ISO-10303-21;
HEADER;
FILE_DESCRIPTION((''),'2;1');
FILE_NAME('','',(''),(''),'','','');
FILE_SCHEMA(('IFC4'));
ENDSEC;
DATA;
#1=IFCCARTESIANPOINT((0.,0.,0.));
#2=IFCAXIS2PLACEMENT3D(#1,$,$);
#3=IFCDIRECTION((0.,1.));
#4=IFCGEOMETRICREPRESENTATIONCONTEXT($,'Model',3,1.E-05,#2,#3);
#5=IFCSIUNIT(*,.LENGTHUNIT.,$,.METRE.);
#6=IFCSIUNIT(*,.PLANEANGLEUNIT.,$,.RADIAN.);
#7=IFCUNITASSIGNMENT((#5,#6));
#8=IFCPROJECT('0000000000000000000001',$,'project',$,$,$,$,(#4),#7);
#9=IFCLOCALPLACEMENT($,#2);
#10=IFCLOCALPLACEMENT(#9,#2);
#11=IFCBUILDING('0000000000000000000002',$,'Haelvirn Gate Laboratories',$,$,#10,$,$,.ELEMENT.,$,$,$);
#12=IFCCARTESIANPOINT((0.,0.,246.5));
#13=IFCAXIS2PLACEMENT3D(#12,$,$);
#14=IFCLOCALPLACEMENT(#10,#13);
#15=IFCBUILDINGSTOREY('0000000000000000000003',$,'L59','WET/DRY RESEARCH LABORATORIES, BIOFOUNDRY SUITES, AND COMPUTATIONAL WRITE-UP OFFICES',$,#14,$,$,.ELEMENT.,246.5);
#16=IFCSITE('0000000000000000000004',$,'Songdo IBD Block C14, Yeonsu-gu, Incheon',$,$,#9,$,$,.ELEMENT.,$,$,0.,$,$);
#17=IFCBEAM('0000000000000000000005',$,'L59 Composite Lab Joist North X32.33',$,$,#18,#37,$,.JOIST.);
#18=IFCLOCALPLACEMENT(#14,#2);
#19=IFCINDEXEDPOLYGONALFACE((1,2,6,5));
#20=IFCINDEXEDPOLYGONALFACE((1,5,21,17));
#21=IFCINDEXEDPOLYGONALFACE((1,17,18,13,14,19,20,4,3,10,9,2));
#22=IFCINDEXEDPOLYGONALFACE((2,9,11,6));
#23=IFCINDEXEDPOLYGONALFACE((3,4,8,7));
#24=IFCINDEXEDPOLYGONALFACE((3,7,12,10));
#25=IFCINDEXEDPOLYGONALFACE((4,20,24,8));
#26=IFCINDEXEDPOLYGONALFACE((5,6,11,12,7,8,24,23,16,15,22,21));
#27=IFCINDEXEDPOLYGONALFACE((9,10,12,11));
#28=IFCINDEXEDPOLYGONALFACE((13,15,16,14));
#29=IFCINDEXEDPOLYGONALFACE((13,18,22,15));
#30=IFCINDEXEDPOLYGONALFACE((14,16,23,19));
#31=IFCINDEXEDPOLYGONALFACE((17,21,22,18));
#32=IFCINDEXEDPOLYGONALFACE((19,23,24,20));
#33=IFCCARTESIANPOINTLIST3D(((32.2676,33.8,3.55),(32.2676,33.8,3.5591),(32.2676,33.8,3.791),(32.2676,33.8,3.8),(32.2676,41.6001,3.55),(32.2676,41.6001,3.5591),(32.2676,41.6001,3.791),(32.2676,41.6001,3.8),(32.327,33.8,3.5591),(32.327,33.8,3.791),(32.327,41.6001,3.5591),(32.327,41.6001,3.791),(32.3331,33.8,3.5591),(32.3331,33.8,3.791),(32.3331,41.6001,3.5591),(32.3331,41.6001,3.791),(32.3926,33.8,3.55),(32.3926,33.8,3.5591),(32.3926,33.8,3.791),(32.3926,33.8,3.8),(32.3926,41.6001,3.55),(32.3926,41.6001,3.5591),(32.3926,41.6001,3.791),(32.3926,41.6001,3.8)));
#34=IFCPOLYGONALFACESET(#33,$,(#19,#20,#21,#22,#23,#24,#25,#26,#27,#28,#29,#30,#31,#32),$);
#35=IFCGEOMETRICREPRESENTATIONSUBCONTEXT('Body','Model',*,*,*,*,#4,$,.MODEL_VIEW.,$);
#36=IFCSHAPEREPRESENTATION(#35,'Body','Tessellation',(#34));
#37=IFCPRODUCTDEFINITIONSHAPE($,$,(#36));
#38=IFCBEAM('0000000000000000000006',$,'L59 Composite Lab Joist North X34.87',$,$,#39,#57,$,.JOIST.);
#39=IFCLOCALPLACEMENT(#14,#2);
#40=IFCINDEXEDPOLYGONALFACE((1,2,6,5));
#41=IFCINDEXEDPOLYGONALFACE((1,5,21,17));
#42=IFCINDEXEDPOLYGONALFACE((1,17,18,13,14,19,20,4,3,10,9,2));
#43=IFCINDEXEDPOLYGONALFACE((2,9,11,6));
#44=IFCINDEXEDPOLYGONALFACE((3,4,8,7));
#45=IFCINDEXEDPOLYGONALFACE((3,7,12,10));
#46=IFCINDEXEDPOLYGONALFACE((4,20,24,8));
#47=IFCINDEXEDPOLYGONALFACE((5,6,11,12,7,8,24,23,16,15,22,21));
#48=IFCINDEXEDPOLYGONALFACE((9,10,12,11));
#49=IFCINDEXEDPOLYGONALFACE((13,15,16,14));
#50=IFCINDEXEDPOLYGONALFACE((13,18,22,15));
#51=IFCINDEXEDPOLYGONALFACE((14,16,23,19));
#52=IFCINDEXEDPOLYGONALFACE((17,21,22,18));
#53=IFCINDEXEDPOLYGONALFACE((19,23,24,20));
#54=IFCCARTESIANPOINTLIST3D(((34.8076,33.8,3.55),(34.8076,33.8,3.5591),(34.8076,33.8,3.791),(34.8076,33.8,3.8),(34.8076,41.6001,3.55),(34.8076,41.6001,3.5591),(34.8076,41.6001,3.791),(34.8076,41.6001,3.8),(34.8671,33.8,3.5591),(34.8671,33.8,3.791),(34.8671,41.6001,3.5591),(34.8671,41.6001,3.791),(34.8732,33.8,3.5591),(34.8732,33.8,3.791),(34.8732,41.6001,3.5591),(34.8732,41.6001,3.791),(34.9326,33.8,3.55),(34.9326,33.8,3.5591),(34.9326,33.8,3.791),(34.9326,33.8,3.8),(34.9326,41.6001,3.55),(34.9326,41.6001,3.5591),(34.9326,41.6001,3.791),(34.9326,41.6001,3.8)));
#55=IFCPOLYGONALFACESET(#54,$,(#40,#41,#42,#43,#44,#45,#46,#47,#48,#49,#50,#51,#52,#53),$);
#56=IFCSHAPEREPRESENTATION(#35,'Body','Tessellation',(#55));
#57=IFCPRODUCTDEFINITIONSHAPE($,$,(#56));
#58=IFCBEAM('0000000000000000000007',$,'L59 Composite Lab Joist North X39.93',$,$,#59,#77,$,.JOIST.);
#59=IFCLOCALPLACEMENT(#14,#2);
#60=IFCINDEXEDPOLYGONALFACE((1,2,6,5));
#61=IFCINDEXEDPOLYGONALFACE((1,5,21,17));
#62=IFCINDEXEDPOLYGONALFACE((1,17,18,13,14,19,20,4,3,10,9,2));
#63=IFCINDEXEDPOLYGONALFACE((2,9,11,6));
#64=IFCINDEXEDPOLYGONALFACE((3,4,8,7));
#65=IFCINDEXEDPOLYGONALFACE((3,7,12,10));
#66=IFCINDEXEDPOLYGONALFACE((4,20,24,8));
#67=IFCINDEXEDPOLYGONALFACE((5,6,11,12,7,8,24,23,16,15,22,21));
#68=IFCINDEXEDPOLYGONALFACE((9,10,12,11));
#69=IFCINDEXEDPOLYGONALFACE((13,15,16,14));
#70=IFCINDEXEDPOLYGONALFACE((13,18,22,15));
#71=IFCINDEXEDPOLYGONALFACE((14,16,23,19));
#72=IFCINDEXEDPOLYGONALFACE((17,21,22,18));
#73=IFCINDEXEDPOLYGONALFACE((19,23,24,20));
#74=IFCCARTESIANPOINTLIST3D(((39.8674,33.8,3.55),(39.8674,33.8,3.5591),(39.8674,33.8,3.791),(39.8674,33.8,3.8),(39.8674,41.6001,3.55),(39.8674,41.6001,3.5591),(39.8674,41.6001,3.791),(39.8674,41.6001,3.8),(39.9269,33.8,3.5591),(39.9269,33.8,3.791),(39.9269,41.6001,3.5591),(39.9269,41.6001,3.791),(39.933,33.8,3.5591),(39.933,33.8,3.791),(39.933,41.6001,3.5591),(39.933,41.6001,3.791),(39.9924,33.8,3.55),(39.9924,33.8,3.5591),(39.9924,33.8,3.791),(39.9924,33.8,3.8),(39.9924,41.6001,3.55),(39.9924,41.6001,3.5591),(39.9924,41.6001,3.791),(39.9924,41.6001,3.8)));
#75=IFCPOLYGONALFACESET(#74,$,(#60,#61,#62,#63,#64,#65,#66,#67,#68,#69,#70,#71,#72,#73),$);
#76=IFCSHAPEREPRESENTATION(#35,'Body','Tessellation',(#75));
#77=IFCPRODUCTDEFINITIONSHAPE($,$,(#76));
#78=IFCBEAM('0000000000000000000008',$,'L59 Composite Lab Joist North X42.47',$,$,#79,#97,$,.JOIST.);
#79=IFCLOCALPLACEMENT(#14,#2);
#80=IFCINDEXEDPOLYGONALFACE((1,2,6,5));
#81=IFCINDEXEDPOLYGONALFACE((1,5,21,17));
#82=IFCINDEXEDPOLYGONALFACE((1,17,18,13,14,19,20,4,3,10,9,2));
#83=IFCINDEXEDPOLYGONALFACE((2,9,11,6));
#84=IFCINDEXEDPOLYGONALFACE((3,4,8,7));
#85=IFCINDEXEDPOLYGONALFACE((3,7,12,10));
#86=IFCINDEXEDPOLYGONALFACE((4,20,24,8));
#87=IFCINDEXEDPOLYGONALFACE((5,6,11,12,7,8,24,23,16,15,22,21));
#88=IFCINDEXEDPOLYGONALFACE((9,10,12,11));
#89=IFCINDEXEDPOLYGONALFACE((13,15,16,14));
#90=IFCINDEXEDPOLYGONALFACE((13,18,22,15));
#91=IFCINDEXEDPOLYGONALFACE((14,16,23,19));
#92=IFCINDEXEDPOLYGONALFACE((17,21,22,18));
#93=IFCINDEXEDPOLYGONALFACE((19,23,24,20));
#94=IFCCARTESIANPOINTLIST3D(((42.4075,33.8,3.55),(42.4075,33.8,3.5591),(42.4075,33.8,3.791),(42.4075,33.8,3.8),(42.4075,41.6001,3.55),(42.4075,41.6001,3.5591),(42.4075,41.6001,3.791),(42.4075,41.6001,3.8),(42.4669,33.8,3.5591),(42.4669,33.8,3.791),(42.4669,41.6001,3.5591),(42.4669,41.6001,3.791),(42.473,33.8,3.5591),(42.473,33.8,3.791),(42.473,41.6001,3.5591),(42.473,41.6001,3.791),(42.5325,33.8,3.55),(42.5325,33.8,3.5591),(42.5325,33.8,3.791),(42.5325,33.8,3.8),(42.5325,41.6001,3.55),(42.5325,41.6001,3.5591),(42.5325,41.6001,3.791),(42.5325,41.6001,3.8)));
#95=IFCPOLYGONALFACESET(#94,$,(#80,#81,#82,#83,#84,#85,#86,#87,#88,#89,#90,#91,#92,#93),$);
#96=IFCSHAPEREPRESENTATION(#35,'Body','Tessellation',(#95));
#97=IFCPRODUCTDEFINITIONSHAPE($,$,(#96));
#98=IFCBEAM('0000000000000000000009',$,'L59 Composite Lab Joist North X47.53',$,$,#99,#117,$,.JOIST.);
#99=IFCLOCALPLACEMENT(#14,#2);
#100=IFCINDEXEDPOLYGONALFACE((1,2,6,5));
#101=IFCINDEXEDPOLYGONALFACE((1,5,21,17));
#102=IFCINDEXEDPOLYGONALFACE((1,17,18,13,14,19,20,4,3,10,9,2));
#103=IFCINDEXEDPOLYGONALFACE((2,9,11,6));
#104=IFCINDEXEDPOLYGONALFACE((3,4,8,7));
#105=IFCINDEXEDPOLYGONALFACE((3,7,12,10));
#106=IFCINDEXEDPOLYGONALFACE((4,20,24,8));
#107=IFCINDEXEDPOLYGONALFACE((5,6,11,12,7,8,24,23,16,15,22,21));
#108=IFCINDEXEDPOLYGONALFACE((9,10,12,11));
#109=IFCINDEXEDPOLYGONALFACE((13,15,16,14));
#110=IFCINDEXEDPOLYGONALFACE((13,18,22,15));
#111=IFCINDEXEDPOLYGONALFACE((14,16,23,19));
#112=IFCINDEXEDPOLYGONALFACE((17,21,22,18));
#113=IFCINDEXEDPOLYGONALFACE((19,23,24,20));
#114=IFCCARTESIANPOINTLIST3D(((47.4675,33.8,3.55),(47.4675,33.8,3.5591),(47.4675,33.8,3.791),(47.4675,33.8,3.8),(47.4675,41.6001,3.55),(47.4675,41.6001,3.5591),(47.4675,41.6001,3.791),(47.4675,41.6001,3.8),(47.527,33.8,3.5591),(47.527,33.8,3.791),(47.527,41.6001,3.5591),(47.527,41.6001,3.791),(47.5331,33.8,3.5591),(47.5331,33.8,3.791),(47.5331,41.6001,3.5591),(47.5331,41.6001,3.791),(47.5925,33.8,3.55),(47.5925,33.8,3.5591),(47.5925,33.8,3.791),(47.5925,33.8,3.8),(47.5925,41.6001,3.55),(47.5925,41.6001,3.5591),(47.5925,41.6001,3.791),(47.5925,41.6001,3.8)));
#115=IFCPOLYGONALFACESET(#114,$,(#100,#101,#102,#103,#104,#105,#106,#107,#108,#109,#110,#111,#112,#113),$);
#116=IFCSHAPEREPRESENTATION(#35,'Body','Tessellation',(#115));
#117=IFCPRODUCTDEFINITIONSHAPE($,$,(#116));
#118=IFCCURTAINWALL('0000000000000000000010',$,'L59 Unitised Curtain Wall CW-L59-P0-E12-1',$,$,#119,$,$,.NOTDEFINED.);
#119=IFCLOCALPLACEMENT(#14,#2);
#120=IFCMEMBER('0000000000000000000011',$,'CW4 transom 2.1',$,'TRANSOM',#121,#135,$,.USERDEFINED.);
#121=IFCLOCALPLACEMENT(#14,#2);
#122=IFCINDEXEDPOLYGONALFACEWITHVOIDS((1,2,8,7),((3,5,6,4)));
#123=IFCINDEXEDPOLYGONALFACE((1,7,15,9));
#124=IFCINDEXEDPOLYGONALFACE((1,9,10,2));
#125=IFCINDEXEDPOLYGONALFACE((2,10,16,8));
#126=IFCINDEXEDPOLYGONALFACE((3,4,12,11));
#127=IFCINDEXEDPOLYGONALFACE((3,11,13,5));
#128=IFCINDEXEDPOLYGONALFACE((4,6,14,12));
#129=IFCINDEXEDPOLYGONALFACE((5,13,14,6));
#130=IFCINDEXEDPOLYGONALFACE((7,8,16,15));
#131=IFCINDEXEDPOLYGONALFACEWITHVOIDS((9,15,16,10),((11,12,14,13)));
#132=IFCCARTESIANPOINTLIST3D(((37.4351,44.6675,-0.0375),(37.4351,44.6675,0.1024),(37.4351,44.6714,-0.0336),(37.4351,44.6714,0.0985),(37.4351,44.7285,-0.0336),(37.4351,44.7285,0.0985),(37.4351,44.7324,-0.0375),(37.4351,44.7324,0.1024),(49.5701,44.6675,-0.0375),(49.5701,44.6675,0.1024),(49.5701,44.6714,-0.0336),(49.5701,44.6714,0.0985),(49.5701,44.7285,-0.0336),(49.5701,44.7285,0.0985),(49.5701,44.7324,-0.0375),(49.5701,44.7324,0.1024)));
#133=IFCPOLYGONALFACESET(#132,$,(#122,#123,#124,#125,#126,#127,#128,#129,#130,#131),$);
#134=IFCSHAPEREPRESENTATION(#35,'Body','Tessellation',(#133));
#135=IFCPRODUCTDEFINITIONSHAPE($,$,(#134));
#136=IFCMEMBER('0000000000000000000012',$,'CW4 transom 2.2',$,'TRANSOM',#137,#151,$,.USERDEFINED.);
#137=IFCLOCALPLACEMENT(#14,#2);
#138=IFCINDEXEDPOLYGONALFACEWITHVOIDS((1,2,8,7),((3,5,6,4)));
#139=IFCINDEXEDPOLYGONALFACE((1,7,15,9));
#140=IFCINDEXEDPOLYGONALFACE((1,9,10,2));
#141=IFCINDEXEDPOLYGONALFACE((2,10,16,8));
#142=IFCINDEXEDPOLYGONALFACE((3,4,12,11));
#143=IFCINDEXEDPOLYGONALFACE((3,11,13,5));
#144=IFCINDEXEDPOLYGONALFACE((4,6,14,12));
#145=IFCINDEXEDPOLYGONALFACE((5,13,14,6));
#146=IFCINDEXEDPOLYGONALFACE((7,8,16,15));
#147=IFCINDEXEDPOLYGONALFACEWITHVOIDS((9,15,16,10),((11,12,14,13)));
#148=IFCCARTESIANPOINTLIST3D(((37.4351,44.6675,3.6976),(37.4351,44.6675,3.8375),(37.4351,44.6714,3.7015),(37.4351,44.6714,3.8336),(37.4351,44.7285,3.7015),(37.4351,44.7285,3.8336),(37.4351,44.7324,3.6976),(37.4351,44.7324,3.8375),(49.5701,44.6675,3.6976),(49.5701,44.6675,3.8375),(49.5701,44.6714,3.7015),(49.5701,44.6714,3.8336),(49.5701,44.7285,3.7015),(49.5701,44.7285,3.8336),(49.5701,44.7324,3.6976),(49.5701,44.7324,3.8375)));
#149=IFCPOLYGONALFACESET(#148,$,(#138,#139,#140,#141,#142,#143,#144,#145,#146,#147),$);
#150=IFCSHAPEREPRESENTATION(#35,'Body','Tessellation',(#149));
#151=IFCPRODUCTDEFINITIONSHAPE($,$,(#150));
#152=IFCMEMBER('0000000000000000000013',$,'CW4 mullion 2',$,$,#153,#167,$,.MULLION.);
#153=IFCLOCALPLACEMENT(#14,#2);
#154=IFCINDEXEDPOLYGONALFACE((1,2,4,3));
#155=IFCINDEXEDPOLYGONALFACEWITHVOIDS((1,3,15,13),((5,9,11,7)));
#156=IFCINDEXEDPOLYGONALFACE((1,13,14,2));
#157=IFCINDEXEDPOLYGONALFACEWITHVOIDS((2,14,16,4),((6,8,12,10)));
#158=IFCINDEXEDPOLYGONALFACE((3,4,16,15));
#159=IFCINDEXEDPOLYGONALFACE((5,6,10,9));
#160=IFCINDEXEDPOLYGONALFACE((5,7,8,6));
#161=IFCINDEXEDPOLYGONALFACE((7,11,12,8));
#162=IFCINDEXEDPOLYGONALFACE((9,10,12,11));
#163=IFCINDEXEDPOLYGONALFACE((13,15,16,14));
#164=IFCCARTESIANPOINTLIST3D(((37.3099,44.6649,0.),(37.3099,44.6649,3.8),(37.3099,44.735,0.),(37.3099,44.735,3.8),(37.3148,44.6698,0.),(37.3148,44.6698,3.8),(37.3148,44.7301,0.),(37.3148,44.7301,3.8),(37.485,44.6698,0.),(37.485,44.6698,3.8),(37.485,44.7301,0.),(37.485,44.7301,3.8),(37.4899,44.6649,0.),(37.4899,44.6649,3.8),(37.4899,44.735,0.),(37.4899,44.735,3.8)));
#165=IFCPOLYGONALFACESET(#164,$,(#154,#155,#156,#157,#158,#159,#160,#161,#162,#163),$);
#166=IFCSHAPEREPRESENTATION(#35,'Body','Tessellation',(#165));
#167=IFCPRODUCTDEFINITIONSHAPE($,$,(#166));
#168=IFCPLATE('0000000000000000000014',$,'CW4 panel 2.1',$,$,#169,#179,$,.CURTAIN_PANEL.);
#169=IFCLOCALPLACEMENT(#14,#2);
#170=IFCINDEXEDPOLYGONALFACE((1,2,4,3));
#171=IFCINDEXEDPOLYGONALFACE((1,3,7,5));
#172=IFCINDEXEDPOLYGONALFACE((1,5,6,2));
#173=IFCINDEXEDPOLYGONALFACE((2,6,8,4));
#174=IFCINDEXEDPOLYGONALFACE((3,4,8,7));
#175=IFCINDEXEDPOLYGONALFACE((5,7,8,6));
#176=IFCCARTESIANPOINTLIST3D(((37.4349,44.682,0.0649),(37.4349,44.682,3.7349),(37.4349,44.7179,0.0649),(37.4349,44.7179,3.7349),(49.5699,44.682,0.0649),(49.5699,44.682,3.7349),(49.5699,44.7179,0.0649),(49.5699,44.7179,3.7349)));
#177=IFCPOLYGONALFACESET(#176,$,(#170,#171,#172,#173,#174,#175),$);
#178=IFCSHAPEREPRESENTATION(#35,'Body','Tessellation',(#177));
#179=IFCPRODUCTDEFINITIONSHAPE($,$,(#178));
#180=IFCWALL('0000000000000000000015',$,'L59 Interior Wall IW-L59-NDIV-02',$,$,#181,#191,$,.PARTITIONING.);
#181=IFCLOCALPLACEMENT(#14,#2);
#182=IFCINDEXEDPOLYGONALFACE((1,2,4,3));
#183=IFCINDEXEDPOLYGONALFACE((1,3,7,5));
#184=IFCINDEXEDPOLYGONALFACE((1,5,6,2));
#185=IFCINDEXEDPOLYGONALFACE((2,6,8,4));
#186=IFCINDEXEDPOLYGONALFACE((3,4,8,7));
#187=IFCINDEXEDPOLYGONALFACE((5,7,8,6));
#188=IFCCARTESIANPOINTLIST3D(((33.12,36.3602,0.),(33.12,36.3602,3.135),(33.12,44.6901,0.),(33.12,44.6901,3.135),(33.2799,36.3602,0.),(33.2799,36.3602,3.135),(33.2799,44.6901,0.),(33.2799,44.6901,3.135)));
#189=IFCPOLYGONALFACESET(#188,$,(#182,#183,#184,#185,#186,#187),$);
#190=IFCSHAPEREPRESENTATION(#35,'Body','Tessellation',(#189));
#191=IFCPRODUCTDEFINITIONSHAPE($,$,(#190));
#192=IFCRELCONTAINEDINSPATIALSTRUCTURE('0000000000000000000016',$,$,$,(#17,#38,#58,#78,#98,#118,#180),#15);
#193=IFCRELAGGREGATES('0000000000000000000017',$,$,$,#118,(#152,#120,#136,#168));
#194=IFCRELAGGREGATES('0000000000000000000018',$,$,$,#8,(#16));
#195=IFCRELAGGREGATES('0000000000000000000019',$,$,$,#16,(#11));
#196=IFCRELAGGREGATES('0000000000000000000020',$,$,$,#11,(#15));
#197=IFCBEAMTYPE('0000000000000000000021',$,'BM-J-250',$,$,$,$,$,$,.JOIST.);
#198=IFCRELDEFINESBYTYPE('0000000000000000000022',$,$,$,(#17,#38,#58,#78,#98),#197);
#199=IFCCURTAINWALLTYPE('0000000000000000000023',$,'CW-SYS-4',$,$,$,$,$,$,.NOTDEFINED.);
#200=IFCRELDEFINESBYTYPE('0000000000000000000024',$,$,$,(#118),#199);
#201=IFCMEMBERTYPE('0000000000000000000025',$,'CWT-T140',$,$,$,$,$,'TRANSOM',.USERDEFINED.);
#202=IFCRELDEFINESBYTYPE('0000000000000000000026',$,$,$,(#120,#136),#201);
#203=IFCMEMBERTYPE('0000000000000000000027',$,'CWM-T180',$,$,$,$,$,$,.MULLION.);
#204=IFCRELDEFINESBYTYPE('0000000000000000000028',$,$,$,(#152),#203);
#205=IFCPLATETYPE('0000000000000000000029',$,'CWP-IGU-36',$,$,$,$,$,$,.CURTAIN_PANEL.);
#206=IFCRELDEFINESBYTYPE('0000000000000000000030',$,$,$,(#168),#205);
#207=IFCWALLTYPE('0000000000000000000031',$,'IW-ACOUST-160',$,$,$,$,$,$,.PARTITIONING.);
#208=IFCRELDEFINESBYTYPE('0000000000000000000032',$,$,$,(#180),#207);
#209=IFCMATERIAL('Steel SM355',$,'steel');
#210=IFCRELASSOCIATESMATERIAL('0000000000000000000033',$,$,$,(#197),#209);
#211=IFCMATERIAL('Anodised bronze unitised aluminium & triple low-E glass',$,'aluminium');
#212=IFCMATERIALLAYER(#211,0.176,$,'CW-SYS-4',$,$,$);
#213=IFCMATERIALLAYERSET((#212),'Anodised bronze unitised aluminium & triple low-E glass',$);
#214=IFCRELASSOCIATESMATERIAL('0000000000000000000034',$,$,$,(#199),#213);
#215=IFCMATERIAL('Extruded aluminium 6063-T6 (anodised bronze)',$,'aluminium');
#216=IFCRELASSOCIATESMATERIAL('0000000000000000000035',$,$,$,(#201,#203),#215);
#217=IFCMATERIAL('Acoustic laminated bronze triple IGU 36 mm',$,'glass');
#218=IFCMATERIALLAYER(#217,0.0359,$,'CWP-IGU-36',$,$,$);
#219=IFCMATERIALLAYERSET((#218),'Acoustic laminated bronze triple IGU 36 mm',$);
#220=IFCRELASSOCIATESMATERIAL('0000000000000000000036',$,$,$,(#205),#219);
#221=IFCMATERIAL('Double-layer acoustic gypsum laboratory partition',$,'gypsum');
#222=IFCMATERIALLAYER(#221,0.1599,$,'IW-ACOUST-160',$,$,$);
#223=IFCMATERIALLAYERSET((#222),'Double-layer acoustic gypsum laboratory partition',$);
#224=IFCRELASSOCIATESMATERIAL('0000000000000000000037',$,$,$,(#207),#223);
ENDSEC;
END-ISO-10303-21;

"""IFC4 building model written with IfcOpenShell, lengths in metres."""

from ifc_helpers import new_model, si_unit, direction, frame, frame_2d, origin, origin_2d, place, context, subcontext, project, spatial, rectangle, hollow_rectangle, i_section, extrude, source, transform, mapped, material, layer, layer_set, material_profile, profile_set, type_object, type_shapes, element, aggregate, save


model = new_model("IFC4")

# Units and contexts
model_context = context("Model", 3, precision=1e-05, world=origin(), true_north=direction((0.0, 1.0)))
body_context = subcontext(model_context, "Body", "Model", "MODEL_VIEW")
ifc_project = project(units=[si_unit("LENGTHUNIT", "METRE"), si_unit("PLANEANGLEUNIT", "RADIAN")], contexts=[model_context])

# Site, building, storey
site_placement = place(None, origin())
site = spatial("IfcSite", under=ifc_project, at=site_placement, Name="Songdo IBD Block C14, Yeonsu-gu, Incheon", CompositionType="ELEMENT", RefElevation=0.0)
building_placement = place(site_placement, origin())
building = spatial("IfcBuilding", under=site, at=building_placement, Name="Haelvirn Gate Laboratories", CompositionType="ELEMENT")
storey_placement = place(building_placement, frame((0.0, 0.0, 246.5)))
storey = spatial("IfcBuildingStorey", under=building, at=storey_placement, Name="L59", Description="WET/DRY RESEARCH LABORATORIES, BIOFOUNDRY SUITES, AND COMPUTATIONAL WRITE-UP OFFICES", CompositionType="ELEMENT", Elevation=246.5)

# Shared definitions
ifc_material_1 = material(Name="Steel SM355", Category="steel")

# Beams
ifc_material_profile_1 = material_profile(ifc_material_1, i_section(OverallWidth=0.125, OverallDepth=0.25, WebThickness=0.0061, FlangeThickness=0.009, at=origin_2d()), Name="H-250x125x6x9")
ifc_profile_set_1 = profile_set([ifc_material_profile_1], Name="Steel SM355")
beam_type_1 = type_object("IfcBeamType", Name="BM-J-250", PredefinedType="JOIST", material=ifc_profile_set_1)
shared_shape_1 = source(origin(), body_context, "Body", "SweptSolid", [
    extrude(i_section(OverallWidth=0.125, OverallDepth=0.25, WebThickness=0.0061, FlangeThickness=0.009, at=origin_2d()), origin(), (0.0, 0.0, 1.0), 7.8),
])
type_shapes(beam_type_1, [shared_shape_1])
for number, where, z_axis, x_axis, name in (
    (1, (32.3301, 33.8, 3.675), (0.0, 1.0, 0.0), (-1.0, 0.0, 0.0), "L59 Composite Lab Joist North X32.33"),
    (2, (34.8701, 33.8, 3.675), (0.0, 1.0, 0.0), (-1.0, 0.0, 0.0), "L59 Composite Lab Joist North X34.87"),
    (3, (39.9299, 33.8, 3.675), (0.0, 1.0, 0.0), (-1.0, 0.0, 0.0), "L59 Composite Lab Joist North X39.93"),
    (4, (42.47, 33.8, 3.675), (0.0, 1.0, 0.0), (-1.0, 0.0, 0.0), "L59 Composite Lab Joist North X42.47"),
    (5, (47.53, 33.8, 3.675), (0.0, 1.0, 0.0), (-1.0, 0.0, 0.0), "L59 Composite Lab Joist North X47.53"),
):
    element("IfcBeam", number, at=place(storey_placement, frame(where, z_axis=z_axis, x_axis=x_axis)), inside=storey, type_object=beam_type_1, Name=name, PredefinedType="JOIST", context=body_context, shape_type="MappedRepresentation", body=[
        mapped(shared_shape_1, transform((0.0, 0.0, 0.0), scale=1.0)),
    ])

# Curtain wall, members, plate
ifc_material_2 = material(Name="Anodised bronze unitised aluminium & triple low-E glass", Category="aluminium")
ifc_layer_1 = layer(ifc_material_2, 0.176, Name="CW-SYS-4")
ifc_layer_set_1 = layer_set([ifc_layer_1], Name="Anodised bronze unitised aluminium & triple low-E glass")
curtain_wall_type = type_object("IfcCurtainWallType", Name="CW-SYS-4", PredefinedType="NOTDEFINED", material=ifc_layer_set_1)
curtain_wall_placement = place(storey_placement, origin())
curtain_wall = element("IfcCurtainWall", 6, at=curtain_wall_placement, inside=storey, type_object=curtain_wall_type, Name="L59 Unitised Curtain Wall CW-L59-P0-E12-1", PredefinedType="NOTDEFINED")
ifc_material_3 = material(Name="Extruded aluminium 6063-T6 (anodised bronze)", Category="aluminium")
ifc_material_profile_2 = material_profile(ifc_material_3, hollow_rectangle(XDim=0.0649, YDim=0.1399, WallThickness=0.0039, at=origin_2d()), Name="CWT-140x65x4")
ifc_profile_set_2 = profile_set([ifc_material_profile_2], Name="Extruded aluminium 6063-T6 (anodised bronze)")
member_type_1 = type_object("IfcMemberType", Name="CWT-T140", ElementType="TRANSOM", PredefinedType="USERDEFINED", material=ifc_profile_set_2)
shared_shape_2 = source(origin(), body_context, "Body", "SweptSolid", [
    extrude(hollow_rectangle(XDim=0.0649, YDim=0.1399, WallThickness=0.0039, at=origin_2d()), origin(), (0.0, 0.0, 1.0), 12.135),
])
type_shapes(member_type_1, [shared_shape_2])
member_1_placement = place(storey_placement, frame((37.4351, 44.7, 0.0325), z_axis=(1.0, 0.0, 0.0), x_axis=(0.0, 1.0, 0.0)))
member_1 = element("IfcMember", 7, at=member_1_placement, type_object=member_type_1, Name="CW4 transom 2.1", ObjectType="TRANSOM", PredefinedType="USERDEFINED", context=body_context, shape_type="MappedRepresentation", body=[
    mapped(shared_shape_2, transform((0.0, 0.0, 0.0), scale=1.0)),
])
member_2_placement = place(storey_placement, frame((37.4351, 44.7, 3.7676), z_axis=(1.0, 0.0, 0.0), x_axis=(0.0, 1.0, 0.0)))
member_2 = element("IfcMember", 8, at=member_2_placement, type_object=member_type_1, Name="CW4 transom 2.2", ObjectType="TRANSOM", PredefinedType="USERDEFINED", context=body_context, shape_type="MappedRepresentation", body=[
    mapped(shared_shape_2, transform((0.0, 0.0, 0.0), scale=1.0)),
])
ifc_material_profile_3 = material_profile(ifc_material_3, hollow_rectangle(XDim=0.0701, YDim=0.1799, WallThickness=0.0049, at=origin_2d()), Name="CWM-180x70x5")
ifc_profile_set_3 = profile_set([ifc_material_profile_3], Name="Extruded aluminium 6063-T6 (anodised bronze)")
member_type_2 = type_object("IfcMemberType", Name="CWM-T180", PredefinedType="MULLION", material=ifc_profile_set_3)
shared_shape_3 = source(origin(), body_context, "Body", "SweptSolid", [
    extrude(hollow_rectangle(XDim=0.0701, YDim=0.1799, WallThickness=0.0049, at=origin_2d()), origin(), (0.0, 0.0, 1.0), 3.8),
])
type_shapes(member_type_2, [shared_shape_3])
member_3_placement = place(storey_placement, frame((37.3999, 44.7, 0.0), z_axis=(0.0, 0.0, 1.0), x_axis=(0.0, 1.0, 0.0)))
member_3 = element("IfcMember", 9, at=member_3_placement, type_object=member_type_2, Name="CW4 mullion 2", PredefinedType="MULLION", context=body_context, shape_type="MappedRepresentation", body=[
    mapped(shared_shape_3, transform((0.0, 0.0, 0.0), scale=1.0)),
])
ifc_material_4 = material(Name="Acoustic laminated bronze triple IGU 36 mm", Category="glass")
ifc_layer_2 = layer(ifc_material_4, 0.0359, Name="CWP-IGU-36")
ifc_layer_set_2 = layer_set([ifc_layer_2], Name="Acoustic laminated bronze triple IGU 36 mm")
plate_type = type_object("IfcPlateType", Name="CWP-IGU-36", PredefinedType="CURTAIN_PANEL", material=ifc_layer_set_2)
shared_shape_4 = source(origin(), body_context, "Body", "SweptSolid", [
    extrude(rectangle(XDim=12.135, YDim=0.0359, at=origin_2d()), origin(), (0.0, 0.0, 1.0), 3.6699),
])
type_shapes(plate_type, [shared_shape_4])
plate_placement = place(storey_placement, frame((43.5024, 44.7, 0.0649), z_axis=(0.0, 0.0, 1.0), x_axis=(1.0, 0.0, 0.0)))
plate = element("IfcPlate", 10, at=plate_placement, type_object=plate_type, Name="CW4 panel 2.1", PredefinedType="CURTAIN_PANEL", context=body_context, shape_type="MappedRepresentation", body=[
    mapped(shared_shape_4, transform((0.0, 0.0, 0.0), scale=1.0)),
])
aggregate(curtain_wall, [member_3, member_1, member_2, plate])

# Wall
ifc_material_5 = material(Name="Double-layer acoustic gypsum laboratory partition", Category="gypsum")
ifc_layer_3 = layer(ifc_material_5, 0.1599, Name="IW-ACOUST-160")
ifc_layer_set_3 = layer_set([ifc_layer_3], Name="Double-layer acoustic gypsum laboratory partition")
wall_type_1 = type_object("IfcWallType", Name="IW-ACOUST-160", PredefinedType="PARTITIONING", material=ifc_layer_set_3)
wall_1_placement = place(storey_placement, frame((33.2, 36.3601, 0.0), z_axis=(0.0, 0.0, 1.0), x_axis=(0.0, 1.0, 0.0)))
element("IfcWall", 11, at=wall_1_placement, inside=storey, type_object=wall_type_1, Name="L59 Interior Wall IW-L59-NDIV-02", PredefinedType="PARTITIONING", context=body_context, shape_type="SweptSolid", body=[
    extrude(rectangle(XDim=8.3298, YDim=0.1599, at=frame_2d((4.165, 0.0))), origin(), (0.0, 0.0, 1.0), 3.135),
])

save(model, "model.ifc")
